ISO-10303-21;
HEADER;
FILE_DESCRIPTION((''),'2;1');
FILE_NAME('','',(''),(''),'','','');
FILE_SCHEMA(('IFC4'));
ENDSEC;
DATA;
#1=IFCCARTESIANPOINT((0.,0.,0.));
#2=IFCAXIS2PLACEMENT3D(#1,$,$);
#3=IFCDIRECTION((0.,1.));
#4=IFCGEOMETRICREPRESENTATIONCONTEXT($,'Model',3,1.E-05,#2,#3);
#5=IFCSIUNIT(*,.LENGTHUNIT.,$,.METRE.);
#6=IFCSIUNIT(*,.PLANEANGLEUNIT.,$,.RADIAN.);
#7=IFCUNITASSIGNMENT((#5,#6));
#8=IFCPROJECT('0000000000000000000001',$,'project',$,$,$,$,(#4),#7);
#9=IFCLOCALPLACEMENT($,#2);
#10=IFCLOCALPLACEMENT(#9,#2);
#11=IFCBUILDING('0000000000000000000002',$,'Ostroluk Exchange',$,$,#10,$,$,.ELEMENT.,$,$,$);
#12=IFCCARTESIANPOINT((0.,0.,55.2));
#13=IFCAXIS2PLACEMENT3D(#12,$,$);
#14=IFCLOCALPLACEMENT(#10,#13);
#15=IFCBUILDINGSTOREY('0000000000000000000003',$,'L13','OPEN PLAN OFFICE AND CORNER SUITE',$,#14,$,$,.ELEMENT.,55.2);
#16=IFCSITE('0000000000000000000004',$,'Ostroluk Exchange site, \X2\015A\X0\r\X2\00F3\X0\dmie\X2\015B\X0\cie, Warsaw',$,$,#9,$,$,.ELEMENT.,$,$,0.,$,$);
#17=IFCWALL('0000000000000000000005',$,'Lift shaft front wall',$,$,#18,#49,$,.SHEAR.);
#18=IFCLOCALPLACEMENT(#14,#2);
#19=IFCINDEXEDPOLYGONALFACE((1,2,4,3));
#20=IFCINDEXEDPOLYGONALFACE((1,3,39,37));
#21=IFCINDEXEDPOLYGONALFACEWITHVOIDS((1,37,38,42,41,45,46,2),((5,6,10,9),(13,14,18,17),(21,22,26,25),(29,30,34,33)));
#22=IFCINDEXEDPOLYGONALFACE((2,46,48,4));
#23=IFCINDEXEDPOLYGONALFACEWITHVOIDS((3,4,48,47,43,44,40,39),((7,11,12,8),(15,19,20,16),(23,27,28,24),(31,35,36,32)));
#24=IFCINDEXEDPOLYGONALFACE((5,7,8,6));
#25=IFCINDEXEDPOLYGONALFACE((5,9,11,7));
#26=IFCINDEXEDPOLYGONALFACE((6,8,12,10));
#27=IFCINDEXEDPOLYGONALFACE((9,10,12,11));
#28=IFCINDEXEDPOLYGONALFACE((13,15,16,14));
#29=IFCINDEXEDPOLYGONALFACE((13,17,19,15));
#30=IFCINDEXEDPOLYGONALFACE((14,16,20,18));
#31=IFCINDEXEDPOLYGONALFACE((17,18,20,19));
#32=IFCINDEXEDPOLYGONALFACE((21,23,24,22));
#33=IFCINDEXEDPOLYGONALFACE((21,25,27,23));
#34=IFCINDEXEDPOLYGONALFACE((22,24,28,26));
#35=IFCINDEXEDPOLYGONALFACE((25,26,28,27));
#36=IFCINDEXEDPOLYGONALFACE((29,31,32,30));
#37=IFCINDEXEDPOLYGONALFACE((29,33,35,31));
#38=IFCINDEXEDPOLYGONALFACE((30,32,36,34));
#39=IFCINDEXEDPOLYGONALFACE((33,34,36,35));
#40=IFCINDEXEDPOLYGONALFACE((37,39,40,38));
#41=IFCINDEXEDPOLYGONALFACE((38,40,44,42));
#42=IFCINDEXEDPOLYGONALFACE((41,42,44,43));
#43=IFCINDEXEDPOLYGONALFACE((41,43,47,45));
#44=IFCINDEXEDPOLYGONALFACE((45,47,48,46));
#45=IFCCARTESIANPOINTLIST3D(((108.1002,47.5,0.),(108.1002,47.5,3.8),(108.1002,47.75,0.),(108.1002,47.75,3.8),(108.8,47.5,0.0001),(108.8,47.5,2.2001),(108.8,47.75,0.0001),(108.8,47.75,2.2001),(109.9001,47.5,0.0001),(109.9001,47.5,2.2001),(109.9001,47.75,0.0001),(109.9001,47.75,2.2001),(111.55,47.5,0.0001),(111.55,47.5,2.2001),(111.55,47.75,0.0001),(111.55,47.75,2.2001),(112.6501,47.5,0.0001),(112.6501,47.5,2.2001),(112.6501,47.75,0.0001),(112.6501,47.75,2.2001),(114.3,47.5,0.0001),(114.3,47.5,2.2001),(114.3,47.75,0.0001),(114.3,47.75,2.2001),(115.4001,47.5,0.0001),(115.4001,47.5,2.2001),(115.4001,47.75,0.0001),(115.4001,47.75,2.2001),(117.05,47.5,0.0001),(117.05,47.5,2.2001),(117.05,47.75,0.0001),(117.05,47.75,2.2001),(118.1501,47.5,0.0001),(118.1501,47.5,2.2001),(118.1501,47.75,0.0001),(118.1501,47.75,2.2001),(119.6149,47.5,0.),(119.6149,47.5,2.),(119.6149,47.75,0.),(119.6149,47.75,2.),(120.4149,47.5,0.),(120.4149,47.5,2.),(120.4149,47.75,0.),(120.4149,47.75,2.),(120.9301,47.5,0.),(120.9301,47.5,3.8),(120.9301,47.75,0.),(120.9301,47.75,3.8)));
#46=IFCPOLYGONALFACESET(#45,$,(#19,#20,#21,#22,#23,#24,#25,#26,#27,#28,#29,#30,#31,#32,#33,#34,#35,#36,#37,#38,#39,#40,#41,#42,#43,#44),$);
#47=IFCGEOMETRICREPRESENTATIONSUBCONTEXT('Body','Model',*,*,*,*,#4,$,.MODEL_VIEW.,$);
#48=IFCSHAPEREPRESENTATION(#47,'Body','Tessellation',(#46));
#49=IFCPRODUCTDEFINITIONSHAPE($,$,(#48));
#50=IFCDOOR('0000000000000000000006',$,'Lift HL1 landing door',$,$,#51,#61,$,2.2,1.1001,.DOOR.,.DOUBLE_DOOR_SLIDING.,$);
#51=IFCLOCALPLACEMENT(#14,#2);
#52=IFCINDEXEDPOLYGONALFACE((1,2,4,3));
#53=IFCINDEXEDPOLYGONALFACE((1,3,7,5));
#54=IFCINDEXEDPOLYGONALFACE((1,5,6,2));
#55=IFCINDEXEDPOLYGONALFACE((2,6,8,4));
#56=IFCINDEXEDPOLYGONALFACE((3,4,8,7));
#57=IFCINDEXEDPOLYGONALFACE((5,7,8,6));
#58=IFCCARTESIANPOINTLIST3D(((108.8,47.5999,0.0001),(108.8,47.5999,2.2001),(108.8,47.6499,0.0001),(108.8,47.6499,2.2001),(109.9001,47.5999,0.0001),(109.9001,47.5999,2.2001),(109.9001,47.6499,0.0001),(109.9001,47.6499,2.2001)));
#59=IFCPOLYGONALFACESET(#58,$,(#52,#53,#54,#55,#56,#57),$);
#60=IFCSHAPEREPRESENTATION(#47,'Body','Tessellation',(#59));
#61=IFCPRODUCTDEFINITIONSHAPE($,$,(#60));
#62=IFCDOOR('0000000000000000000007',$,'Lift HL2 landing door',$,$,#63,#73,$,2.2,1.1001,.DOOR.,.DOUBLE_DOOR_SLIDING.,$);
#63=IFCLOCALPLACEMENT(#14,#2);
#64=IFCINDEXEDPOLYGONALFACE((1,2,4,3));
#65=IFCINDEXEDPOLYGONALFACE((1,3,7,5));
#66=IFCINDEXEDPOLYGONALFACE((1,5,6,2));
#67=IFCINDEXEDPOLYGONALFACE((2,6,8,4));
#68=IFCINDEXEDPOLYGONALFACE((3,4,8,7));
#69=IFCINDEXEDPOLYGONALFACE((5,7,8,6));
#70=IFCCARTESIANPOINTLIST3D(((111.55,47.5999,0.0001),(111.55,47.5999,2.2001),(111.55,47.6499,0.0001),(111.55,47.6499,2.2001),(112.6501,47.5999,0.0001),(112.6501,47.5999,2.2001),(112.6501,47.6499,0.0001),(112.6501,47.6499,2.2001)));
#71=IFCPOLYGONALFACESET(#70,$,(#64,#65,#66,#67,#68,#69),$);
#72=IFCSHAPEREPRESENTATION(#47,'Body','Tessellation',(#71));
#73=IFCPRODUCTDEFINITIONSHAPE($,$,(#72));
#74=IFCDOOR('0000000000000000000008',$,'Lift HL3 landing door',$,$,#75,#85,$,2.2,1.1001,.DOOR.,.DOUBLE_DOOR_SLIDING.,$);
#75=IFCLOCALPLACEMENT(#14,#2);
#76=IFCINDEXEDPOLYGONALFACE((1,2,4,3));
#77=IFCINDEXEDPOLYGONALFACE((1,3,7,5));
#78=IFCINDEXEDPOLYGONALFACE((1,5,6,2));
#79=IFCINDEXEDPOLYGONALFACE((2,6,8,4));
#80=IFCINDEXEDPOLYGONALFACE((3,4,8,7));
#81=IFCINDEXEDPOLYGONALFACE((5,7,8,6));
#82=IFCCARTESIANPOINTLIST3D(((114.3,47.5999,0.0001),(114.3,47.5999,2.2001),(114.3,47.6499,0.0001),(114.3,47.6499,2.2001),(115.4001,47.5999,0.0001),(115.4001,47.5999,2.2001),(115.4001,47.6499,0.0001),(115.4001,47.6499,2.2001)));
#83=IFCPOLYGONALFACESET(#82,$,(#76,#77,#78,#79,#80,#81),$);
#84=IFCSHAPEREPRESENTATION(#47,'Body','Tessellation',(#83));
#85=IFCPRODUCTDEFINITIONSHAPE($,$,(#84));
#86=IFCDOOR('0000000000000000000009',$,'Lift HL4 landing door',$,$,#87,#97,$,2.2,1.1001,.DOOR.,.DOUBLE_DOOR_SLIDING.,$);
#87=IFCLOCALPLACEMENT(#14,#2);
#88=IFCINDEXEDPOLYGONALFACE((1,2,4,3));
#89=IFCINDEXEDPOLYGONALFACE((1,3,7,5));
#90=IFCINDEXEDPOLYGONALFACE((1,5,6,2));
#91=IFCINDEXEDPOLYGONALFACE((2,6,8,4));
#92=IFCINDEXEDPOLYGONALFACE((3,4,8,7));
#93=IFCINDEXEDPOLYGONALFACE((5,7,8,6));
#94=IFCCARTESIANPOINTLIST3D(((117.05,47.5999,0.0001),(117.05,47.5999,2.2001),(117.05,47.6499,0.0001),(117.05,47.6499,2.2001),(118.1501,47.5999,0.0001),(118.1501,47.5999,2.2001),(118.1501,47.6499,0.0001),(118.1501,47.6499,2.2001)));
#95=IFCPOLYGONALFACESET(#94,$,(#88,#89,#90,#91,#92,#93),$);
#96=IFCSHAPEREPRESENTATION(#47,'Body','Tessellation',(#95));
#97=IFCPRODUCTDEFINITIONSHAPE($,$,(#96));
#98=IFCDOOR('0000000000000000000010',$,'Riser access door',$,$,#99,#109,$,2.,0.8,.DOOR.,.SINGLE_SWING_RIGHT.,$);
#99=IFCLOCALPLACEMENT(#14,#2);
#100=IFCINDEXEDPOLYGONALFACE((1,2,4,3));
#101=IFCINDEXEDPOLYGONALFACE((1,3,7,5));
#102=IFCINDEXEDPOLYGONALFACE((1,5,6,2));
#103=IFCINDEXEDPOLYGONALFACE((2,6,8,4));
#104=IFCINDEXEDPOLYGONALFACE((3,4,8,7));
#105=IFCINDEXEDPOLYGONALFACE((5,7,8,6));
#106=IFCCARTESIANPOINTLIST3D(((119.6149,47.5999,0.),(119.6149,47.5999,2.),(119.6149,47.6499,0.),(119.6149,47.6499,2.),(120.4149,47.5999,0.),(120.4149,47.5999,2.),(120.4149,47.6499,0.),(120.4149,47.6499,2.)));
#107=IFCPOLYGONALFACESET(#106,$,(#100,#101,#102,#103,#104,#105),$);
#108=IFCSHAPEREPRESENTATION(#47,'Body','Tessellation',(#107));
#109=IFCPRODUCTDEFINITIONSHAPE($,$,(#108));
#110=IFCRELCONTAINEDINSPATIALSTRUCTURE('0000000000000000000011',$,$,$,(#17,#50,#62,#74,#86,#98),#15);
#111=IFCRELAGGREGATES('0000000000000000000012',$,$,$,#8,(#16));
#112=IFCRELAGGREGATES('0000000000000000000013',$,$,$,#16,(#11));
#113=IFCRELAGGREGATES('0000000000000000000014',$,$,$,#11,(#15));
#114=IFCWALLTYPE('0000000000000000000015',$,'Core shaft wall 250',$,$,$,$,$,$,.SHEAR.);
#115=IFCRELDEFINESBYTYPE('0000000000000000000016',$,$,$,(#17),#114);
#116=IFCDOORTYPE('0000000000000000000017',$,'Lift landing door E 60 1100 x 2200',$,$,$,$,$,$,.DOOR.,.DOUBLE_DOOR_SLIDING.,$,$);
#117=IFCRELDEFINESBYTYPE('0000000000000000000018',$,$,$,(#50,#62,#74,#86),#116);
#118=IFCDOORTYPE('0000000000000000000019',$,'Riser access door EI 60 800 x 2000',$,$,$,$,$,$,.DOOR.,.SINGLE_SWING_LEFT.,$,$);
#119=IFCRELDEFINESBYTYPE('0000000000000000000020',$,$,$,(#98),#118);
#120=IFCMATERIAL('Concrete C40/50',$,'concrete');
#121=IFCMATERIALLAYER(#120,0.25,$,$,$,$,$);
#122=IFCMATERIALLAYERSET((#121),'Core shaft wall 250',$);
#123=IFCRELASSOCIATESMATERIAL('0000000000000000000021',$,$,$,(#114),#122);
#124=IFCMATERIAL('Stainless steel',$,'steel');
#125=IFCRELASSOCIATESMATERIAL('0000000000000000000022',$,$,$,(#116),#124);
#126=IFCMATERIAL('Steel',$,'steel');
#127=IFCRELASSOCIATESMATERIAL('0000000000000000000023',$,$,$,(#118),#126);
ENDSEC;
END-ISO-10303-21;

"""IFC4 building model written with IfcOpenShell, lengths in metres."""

from ifc_helpers import new_model, si_unit, direction, frame, frame_2d, origin, place, context, subcontext, project, spatial, rectangle, extrude, material, layer, layer_set, type_object, element, fill, save


model = new_model("IFC4")

# Units and contexts
model_context = context("Model", 3, precision=1e-05, world=origin(), true_north=direction((0.0, 1.0)))
body_context = subcontext(model_context, "Body", "Model", "MODEL_VIEW")
ifc_project = project(units=[si_unit("LENGTHUNIT", "METRE"), si_unit("PLANEANGLEUNIT", "RADIAN")], contexts=[model_context])

# Site, building, storey
site_placement = place(None, origin())
site = spatial("IfcSite", under=ifc_project, at=site_placement, Name="Ostroluk Exchange site, Śródmieście, Warsaw", CompositionType="ELEMENT", RefElevation=0.0)
building_placement = place(site_placement, origin())
building = spatial("IfcBuilding", under=site, at=building_placement, Name="Ostroluk Exchange", CompositionType="ELEMENT")
storey_placement = place(building_placement, frame((0.0, 0.0, 55.2)))
storey = spatial("IfcBuildingStorey", under=building, at=storey_placement, Name="L13", Description="OPEN PLAN OFFICE AND CORNER SUITE", CompositionType="ELEMENT", Elevation=55.2)

# Shared definitions
ifc_material_1 = material(Name="Concrete C40/50", Category="concrete")
ifc_layer_1 = layer(ifc_material_1, 0.25)
ifc_layer_set_1 = layer_set([ifc_layer_1], Name="Core shaft wall 250")
wall_type_1 = type_object("IfcWallType", Name="Core shaft wall 250", PredefinedType="SHEAR", material=ifc_layer_set_1)

# Wall, openings, doors
wall_1_placement = place(storey_placement, frame((108.1001, 47.625, 0.0), z_axis=(0.0, 0.0, 1.0), x_axis=(1.0, 0.0, 0.0)))
wall_1 = element("IfcWall", 1, at=wall_1_placement, inside=storey, type_object=wall_type_1, Name="Lift shaft front wall", PredefinedType="SHEAR", context=body_context, shape_type="SweptSolid", body=[
    extrude(rectangle(XDim=12.8298, YDim=0.25, at=frame_2d((6.415, 0.0))), origin(), (0.0, 0.0, 1.0), 3.8),
])
opening_1_placement = place(wall_1_placement, frame((0.7, 0.0, 0.0)))
opening_1 = element("IfcOpeningElement", 2, at=opening_1_placement, cuts=wall_1, PredefinedType="OPENING", context=body_context, shape_type="SweptSolid", body=[
    extrude(rectangle(XDim=1.1001, YDim=2.2, at=frame_2d((0.55, 1.1001))), frame((0.0, 0.135, 0.0), z_axis=(0.0, -1.0, 0.0), x_axis=(1.0, 0.0, 0.0)), (0.0, 0.0, 1.0), 0.27),
])
opening_2_placement = place(wall_1_placement, frame((3.45, 0.0, 0.0)))
opening_2 = element("IfcOpeningElement", 3, at=opening_2_placement, cuts=wall_1, PredefinedType="OPENING", context=body_context, shape_type="SweptSolid", body=[
    extrude(rectangle(XDim=1.1001, YDim=2.2, at=frame_2d((0.55, 1.1001))), frame((0.0, 0.135, 0.0), z_axis=(0.0, -1.0, 0.0), x_axis=(1.0, 0.0, 0.0)), (0.0, 0.0, 1.0), 0.27),
])
opening_3_placement = place(wall_1_placement, frame((6.2, 0.0, 0.0)))
opening_3 = element("IfcOpeningElement", 4, at=opening_3_placement, cuts=wall_1, PredefinedType="OPENING", context=body_context, shape_type="SweptSolid", body=[
    extrude(rectangle(XDim=1.1001, YDim=2.2, at=frame_2d((0.55, 1.1001))), frame((0.0, 0.135, 0.0), z_axis=(0.0, -1.0, 0.0), x_axis=(1.0, 0.0, 0.0)), (0.0, 0.0, 1.0), 0.27),
])
opening_4_placement = place(wall_1_placement, frame((8.95, 0.0, 0.0)))
opening_4 = element("IfcOpeningElement", 5, at=opening_4_placement, cuts=wall_1, PredefinedType="OPENING", context=body_context, shape_type="SweptSolid", body=[
    extrude(rectangle(XDim=1.1001, YDim=2.2, at=frame_2d((0.55, 1.1001))), frame((0.0, 0.135, 0.0), z_axis=(0.0, -1.0, 0.0), x_axis=(1.0, 0.0, 0.0)), (0.0, 0.0, 1.0), 0.27),
])
opening_5_placement = place(wall_1_placement, frame((11.5149, 0.0, 0.0)))
opening_5 = element("IfcOpeningElement", 6, at=opening_5_placement, cuts=wall_1, PredefinedType="OPENING", context=body_context, shape_type="SweptSolid", body=[
    extrude(rectangle(XDim=0.8, YDim=2.0, at=frame_2d((0.3999, 1.0))), frame((0.0, 0.135, 0.0), z_axis=(0.0, -1.0, 0.0), x_axis=(1.0, 0.0, 0.0)), (0.0, 0.0, 1.0), 0.27),
])
ifc_material_2 = material(Name="Stainless steel", Category="steel")
door_type_1 = type_object("IfcDoorType", Name="Lift landing door E 60 1100 x 2200", OperationType="DOUBLE_DOOR_SLIDING", PredefinedType="DOOR", material=ifc_material_2)
door_1_placement = place(opening_1_placement, origin())
door_1 = element("IfcDoor", 7, at=door_1_placement, inside=storey, type_object=door_type_1, Name="Lift HL1 landing door", OperationType="DOUBLE_DOOR_SLIDING", OverallHeight=2.2, OverallWidth=1.1001, PredefinedType="DOOR", context=body_context, shape_type="SweptSolid", body=[
    extrude(rectangle(XDim=1.1001, YDim=2.2, at=frame_2d((0.55, 1.1001))), frame((0.0, 0.0249, 0.0), z_axis=(0.0, -1.0, 0.0), x_axis=(1.0, 0.0, 0.0)), (0.0, 0.0, 1.0), 0.05),
])
fill(opening_1, door_1)
door_2_placement = place(opening_2_placement, origin())
door_2 = element("IfcDoor", 8, at=door_2_placement, inside=storey, type_object=door_type_1, Name="Lift HL2 landing door", OperationType="DOUBLE_DOOR_SLIDING", OverallHeight=2.2, OverallWidth=1.1001, PredefinedType="DOOR", context=body_context, shape_type="SweptSolid", body=[
    extrude(rectangle(XDim=1.1001, YDim=2.2, at=frame_2d((0.55, 1.1001))), frame((0.0, 0.0249, 0.0), z_axis=(0.0, -1.0, 0.0), x_axis=(1.0, 0.0, 0.0)), (0.0, 0.0, 1.0), 0.05),
])
fill(opening_2, door_2)
door_3_placement = place(opening_3_placement, origin())
door_3 = element("IfcDoor", 9, at=door_3_placement, inside=storey, type_object=door_type_1, Name="Lift HL3 landing door", OperationType="DOUBLE_DOOR_SLIDING", OverallHeight=2.2, OverallWidth=1.1001, PredefinedType="DOOR", context=body_context, shape_type="SweptSolid", body=[
    extrude(rectangle(XDim=1.1001, YDim=2.2, at=frame_2d((0.55, 1.1001))), frame((0.0, 0.0249, 0.0), z_axis=(0.0, -1.0, 0.0), x_axis=(1.0, 0.0, 0.0)), (0.0, 0.0, 1.0), 0.05),
])
fill(opening_3, door_3)
door_4_placement = place(opening_4_placement, origin())
door_4 = element("IfcDoor", 10, at=door_4_placement, inside=storey, type_object=door_type_1, Name="Lift HL4 landing door", OperationType="DOUBLE_DOOR_SLIDING", OverallHeight=2.2, OverallWidth=1.1001, PredefinedType="DOOR", context=body_context, shape_type="SweptSolid", body=[
    extrude(rectangle(XDim=1.1001, YDim=2.2, at=frame_2d((0.55, 1.1001))), frame((0.0, 0.0249, 0.0), z_axis=(0.0, -1.0, 0.0), x_axis=(1.0, 0.0, 0.0)), (0.0, 0.0, 1.0), 0.05),
])
fill(opening_4, door_4)
ifc_material_3 = material(Name="Steel", Category="steel")
door_type_2 = type_object("IfcDoorType", Name="Riser access door EI 60 800 x 2000", OperationType="SINGLE_SWING_LEFT", PredefinedType="DOOR", material=ifc_material_3)
door_5_placement = place(opening_5_placement, origin())
door_5 = element("IfcDoor", 11, at=door_5_placement, inside=storey, type_object=door_type_2, Name="Riser access door", OperationType="SINGLE_SWING_RIGHT", OverallHeight=2.0, OverallWidth=0.8, PredefinedType="DOOR", context=body_context, shape_type="SweptSolid", body=[
    extrude(rectangle(XDim=0.8, YDim=2.0, at=frame_2d((0.3999, 1.0))), frame((0.0, 0.0249, 0.0), z_axis=(0.0, -1.0, 0.0), x_axis=(1.0, 0.0, 0.0)), (0.0, 0.0, 1.0), 0.05),
])
fill(opening_5, door_5)

save(model, "model.ifc")
